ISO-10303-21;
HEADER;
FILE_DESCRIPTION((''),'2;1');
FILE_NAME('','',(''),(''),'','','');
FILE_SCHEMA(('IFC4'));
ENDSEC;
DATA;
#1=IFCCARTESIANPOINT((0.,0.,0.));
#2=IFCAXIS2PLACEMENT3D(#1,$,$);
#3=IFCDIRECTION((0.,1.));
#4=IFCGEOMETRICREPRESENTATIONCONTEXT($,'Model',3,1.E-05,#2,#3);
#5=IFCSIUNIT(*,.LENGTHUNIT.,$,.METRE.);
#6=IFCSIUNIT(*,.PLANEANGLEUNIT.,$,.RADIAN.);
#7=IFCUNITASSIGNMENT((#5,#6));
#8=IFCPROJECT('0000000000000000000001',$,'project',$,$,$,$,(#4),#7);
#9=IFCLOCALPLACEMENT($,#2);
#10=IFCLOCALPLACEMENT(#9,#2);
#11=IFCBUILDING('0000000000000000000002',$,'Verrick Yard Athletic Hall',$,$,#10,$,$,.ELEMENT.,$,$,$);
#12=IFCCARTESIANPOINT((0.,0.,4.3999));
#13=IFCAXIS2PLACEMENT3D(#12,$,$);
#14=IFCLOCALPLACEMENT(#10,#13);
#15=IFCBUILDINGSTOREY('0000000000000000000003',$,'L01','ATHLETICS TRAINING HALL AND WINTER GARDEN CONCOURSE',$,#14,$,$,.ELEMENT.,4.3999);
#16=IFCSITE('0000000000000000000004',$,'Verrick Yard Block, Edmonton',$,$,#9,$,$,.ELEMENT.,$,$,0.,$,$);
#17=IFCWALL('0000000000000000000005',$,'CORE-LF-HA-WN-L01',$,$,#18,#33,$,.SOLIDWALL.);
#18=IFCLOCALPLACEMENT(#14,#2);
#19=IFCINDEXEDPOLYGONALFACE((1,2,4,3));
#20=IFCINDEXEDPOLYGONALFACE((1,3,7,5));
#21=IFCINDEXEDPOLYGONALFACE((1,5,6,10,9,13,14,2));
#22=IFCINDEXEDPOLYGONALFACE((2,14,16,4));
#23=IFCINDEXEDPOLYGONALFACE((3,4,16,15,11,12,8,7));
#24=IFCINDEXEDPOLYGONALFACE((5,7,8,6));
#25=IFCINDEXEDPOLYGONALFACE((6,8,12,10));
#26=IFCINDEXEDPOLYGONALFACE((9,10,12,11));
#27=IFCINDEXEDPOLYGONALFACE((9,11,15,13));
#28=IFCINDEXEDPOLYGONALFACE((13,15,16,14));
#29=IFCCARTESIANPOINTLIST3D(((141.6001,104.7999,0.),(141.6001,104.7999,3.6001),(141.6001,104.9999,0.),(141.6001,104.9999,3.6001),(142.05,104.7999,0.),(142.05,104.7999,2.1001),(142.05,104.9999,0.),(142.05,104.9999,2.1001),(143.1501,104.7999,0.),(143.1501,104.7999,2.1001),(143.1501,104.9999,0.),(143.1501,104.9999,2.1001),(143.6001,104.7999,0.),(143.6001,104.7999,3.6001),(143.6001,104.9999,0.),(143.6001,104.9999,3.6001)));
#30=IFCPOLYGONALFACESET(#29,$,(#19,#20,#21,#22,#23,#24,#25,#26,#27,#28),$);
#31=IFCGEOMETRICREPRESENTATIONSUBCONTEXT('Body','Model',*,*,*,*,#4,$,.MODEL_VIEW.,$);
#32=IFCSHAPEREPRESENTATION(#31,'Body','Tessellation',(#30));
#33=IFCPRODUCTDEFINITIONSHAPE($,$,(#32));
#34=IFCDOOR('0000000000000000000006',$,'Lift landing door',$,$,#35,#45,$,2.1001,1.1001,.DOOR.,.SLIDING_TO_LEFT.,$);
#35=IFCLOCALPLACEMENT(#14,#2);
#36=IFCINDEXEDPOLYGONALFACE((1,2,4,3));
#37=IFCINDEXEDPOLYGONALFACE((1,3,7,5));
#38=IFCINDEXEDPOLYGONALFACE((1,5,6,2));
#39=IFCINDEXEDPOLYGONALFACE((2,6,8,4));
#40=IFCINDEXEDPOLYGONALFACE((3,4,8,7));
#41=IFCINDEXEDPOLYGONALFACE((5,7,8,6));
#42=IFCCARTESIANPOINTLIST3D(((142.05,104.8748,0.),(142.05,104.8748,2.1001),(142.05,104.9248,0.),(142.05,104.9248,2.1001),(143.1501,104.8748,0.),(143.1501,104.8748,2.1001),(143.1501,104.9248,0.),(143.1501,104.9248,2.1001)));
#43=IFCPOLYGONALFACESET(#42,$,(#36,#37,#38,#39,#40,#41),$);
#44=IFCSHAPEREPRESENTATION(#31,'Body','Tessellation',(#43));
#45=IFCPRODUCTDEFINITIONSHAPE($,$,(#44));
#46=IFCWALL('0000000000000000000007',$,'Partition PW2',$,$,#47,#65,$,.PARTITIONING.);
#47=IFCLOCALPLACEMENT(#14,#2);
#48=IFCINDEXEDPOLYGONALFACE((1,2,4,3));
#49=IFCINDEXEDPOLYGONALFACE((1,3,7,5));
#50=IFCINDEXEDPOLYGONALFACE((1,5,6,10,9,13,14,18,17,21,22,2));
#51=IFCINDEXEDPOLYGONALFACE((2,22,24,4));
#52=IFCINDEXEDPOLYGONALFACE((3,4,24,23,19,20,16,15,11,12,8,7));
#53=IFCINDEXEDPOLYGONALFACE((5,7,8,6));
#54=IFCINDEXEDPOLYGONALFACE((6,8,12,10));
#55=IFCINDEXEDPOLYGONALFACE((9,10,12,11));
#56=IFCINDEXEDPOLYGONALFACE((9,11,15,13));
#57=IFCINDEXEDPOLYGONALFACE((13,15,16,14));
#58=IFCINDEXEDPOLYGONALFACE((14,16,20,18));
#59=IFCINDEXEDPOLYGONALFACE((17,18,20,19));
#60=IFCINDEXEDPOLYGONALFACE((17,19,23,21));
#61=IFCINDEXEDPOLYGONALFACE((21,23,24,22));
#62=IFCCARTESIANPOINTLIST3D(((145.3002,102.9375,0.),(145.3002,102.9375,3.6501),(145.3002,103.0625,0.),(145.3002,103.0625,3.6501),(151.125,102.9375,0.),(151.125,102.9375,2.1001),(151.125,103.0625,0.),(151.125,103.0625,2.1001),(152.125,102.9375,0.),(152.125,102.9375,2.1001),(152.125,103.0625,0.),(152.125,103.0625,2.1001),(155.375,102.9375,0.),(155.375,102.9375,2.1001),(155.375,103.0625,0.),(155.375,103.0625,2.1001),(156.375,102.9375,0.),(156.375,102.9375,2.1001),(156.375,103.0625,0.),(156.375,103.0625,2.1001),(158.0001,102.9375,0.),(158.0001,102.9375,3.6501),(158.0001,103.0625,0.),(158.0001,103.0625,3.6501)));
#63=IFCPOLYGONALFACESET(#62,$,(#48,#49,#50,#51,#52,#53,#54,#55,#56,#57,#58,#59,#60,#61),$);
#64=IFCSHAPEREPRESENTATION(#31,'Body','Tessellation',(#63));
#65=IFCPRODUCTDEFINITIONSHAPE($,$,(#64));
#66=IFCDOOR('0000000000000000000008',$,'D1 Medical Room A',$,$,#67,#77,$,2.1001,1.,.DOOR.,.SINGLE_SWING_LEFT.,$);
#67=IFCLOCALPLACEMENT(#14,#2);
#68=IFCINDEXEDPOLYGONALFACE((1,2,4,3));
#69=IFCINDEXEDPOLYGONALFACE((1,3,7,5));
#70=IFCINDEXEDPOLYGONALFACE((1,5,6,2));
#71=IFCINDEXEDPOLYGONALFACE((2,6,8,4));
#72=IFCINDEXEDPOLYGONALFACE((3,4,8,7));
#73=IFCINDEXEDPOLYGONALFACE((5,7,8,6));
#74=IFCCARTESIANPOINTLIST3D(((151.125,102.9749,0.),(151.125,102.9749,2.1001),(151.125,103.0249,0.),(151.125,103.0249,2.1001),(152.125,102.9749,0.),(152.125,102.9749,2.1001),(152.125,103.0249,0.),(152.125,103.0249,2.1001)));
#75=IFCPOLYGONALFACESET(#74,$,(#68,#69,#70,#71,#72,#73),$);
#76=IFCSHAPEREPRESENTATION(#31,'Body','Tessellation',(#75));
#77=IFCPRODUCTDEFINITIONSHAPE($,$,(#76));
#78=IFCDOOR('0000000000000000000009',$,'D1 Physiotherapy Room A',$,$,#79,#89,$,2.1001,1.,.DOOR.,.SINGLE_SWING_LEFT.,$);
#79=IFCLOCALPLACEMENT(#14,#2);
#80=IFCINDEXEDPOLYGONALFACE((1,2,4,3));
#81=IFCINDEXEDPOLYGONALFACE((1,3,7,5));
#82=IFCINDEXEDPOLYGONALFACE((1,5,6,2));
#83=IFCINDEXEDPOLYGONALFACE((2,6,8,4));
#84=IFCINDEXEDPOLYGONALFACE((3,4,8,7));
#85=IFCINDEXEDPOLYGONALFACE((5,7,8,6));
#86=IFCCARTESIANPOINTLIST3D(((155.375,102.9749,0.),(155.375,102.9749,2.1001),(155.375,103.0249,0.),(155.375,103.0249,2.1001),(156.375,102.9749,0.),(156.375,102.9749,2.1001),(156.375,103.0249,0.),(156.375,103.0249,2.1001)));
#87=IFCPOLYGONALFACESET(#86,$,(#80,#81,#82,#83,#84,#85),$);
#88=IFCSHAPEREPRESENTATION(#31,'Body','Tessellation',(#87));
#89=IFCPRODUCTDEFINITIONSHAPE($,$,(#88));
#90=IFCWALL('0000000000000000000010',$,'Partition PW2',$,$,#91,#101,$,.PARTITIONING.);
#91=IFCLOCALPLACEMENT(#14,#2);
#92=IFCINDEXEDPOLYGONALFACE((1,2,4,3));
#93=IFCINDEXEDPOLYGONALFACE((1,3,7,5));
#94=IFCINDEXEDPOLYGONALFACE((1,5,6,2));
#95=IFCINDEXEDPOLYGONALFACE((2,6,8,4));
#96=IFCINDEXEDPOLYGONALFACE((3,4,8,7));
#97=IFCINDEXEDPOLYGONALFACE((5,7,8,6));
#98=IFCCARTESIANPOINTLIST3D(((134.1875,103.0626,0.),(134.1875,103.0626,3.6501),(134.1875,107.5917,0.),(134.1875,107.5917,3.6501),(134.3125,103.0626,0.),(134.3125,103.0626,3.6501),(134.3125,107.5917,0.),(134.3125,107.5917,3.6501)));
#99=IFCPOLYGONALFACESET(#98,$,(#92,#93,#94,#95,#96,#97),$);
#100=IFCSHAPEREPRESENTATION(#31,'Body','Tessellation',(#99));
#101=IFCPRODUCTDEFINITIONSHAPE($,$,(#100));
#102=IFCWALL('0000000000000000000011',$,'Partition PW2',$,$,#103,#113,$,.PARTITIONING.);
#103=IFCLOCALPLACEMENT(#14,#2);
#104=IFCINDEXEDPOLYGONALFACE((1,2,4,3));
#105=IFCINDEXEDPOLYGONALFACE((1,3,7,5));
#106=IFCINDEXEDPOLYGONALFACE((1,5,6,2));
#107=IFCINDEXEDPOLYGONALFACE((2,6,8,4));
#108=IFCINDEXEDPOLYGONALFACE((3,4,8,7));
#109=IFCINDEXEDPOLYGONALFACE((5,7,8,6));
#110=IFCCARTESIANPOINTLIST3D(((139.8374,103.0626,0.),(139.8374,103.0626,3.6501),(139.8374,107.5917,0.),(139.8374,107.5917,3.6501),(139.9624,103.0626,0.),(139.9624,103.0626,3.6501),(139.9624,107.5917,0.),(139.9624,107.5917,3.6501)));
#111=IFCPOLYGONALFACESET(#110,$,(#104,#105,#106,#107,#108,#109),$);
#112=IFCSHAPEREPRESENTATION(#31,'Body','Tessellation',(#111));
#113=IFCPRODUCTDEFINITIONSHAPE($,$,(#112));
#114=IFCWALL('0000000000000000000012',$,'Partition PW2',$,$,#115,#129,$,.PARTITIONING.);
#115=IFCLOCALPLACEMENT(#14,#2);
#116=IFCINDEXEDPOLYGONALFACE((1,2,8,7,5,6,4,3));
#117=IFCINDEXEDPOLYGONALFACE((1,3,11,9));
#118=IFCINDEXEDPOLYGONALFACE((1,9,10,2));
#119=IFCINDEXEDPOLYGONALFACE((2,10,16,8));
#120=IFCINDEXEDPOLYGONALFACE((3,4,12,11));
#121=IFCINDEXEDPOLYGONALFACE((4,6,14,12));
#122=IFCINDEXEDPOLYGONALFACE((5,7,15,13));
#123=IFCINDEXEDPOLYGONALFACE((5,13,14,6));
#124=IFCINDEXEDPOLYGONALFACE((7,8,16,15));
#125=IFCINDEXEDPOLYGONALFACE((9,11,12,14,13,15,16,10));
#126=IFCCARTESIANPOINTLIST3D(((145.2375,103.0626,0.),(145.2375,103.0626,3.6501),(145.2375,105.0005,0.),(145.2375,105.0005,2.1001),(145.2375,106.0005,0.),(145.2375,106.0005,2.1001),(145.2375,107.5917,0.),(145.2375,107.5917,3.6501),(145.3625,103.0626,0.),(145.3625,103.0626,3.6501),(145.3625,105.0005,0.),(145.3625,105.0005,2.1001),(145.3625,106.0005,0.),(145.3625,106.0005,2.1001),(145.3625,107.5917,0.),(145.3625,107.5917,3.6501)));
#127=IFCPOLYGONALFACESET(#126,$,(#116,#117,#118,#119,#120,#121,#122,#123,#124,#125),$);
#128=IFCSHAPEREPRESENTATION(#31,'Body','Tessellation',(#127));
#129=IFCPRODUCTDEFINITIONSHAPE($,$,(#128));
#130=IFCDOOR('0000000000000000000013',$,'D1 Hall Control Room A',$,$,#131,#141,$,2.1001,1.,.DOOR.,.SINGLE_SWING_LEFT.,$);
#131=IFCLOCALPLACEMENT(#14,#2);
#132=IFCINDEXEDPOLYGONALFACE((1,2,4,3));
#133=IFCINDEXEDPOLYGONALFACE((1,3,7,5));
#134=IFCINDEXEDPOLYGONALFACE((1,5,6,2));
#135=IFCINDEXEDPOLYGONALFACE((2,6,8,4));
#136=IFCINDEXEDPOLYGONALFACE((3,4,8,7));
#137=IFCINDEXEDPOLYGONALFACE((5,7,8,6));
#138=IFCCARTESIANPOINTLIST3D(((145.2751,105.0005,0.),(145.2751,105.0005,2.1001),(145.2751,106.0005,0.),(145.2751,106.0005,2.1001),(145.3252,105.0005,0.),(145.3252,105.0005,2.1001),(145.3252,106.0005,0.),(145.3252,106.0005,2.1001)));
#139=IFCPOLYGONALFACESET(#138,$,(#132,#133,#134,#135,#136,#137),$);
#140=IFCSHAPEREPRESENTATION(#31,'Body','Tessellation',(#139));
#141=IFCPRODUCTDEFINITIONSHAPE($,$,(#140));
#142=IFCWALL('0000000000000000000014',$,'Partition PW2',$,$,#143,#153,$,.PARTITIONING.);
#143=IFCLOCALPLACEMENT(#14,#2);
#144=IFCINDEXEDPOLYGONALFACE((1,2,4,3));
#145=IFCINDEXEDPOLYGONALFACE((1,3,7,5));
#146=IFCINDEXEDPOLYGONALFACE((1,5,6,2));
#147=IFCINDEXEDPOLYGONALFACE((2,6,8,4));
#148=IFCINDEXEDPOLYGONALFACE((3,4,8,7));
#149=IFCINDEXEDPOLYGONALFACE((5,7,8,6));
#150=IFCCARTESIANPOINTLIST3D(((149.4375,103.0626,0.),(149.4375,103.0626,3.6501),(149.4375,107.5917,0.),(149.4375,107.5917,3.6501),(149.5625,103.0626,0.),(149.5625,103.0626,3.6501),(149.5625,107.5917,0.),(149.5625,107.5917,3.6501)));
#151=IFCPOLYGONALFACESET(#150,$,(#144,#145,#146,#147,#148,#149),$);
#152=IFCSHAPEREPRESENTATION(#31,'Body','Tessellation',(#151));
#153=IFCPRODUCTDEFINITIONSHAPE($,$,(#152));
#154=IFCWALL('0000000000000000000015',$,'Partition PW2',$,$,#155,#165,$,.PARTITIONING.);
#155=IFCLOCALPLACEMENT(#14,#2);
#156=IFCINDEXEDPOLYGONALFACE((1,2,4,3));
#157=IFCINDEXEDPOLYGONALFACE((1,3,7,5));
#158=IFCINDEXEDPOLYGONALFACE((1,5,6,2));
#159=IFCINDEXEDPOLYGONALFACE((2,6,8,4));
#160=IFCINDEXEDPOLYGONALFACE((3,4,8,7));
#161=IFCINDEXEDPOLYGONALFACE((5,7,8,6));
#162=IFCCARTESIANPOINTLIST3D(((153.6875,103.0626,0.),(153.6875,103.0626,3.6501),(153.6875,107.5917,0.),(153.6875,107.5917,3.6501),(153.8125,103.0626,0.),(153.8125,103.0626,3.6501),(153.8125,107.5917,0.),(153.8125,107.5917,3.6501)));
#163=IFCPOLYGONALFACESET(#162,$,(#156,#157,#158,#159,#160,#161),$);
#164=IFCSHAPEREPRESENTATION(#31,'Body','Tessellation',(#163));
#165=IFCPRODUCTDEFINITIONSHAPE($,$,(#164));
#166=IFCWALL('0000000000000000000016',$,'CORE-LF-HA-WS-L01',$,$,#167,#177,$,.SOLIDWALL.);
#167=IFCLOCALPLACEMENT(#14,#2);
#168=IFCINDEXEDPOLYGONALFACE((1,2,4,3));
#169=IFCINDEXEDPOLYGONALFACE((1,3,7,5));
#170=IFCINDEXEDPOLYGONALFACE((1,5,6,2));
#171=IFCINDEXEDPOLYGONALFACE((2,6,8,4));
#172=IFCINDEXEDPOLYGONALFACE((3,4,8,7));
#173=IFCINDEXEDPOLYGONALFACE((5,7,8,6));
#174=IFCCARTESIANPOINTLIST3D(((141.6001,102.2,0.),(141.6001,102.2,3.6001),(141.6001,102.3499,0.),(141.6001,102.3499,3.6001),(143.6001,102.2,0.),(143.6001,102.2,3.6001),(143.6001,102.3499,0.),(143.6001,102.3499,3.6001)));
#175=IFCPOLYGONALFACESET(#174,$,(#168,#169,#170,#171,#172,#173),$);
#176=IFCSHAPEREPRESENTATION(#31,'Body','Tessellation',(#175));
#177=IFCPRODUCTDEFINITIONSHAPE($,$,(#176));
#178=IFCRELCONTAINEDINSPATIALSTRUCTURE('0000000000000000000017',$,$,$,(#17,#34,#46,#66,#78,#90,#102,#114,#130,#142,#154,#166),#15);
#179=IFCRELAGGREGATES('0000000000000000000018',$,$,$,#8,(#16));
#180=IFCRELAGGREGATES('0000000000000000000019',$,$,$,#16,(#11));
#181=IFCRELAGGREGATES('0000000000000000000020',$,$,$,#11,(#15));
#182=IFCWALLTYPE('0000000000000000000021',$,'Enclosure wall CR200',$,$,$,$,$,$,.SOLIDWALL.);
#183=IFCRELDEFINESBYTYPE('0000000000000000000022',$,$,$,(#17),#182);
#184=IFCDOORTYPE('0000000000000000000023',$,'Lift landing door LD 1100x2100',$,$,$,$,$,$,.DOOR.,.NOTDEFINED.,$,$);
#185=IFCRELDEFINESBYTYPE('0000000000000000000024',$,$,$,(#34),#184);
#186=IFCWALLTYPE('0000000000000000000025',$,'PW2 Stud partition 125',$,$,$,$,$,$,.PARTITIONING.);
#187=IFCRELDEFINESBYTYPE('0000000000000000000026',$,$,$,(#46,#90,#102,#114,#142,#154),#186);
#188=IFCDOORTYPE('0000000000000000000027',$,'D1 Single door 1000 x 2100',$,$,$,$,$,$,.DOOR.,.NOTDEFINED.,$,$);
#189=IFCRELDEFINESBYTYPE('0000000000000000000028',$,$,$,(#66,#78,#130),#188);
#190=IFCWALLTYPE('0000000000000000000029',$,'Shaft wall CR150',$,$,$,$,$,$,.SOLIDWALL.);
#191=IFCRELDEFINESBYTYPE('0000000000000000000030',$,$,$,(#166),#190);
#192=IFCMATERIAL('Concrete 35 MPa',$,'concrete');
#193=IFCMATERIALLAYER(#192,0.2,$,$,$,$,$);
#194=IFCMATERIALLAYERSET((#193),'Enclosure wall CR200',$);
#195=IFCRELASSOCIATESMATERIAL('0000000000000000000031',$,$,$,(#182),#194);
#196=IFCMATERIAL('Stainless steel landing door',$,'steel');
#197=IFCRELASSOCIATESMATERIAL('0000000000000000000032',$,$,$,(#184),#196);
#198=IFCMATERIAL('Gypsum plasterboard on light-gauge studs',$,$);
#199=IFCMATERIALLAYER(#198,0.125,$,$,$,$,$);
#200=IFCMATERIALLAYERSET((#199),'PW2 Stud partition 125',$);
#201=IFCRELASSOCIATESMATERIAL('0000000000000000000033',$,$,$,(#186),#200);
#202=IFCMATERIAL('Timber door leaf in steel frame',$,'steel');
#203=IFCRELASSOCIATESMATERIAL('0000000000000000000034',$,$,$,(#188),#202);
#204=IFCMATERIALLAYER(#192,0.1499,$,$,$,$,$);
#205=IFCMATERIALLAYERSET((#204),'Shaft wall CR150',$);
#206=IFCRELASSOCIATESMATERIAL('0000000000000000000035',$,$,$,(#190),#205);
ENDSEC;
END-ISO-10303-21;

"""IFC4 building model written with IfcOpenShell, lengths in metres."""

from ifc_helpers import new_model, si_unit, direction, frame, frame_2d, origin, place, context, subcontext, project, spatial, rectangle, extrude, material, layer, layer_set, type_object, element, fill, save


model = new_model("IFC4")

# Units and contexts
model_context = context("Model", 3, precision=1e-05, world=origin(), true_north=direction((0.0, 1.0)))
body_context = subcontext(model_context, "Body", "Model", "MODEL_VIEW")
ifc_project = project(units=[si_unit("LENGTHUNIT", "METRE"), si_unit("PLANEANGLEUNIT", "RADIAN")], contexts=[model_context])

# Site, building, storey
site_placement = place(None, origin())
site = spatial("IfcSite", under=ifc_project, at=site_placement, Name="Verrick Yard Block, Edmonton", CompositionType="ELEMENT", RefElevation=0.0)
building_placement = place(site_placement, origin())
building = spatial("IfcBuilding", under=site, at=building_placement, Name="Verrick Yard Athletic Hall", CompositionType="ELEMENT")
storey_placement = place(building_placement, frame((0.0, 0.0, 4.3999)))
storey = spatial("IfcBuildingStorey", under=building, at=storey_placement, Name="L01", Description="ATHLETICS TRAINING HALL AND WINTER GARDEN CONCOURSE", CompositionType="ELEMENT", Elevation=4.3999)

# Shared definitions
ifc_material_1 = material(Name="Concrete 35 MPa", Category="concrete")
ifc_layer_1 = layer(ifc_material_1, 0.2)
ifc_layer_set_1 = layer_set([ifc_layer_1], Name="Enclosure wall CR200")
wall_type_1 = type_object("IfcWallType", Name="Enclosure wall CR200", PredefinedType="SOLIDWALL", material=ifc_layer_set_1)

# Wall, opening, door
wall_1_placement = place(storey_placement, frame((141.6001, 104.8999, 0.0), z_axis=(0.0, 0.0, 1.0), x_axis=(1.0, 0.0, 0.0)))
wall_1 = element("IfcWall", 1, at=wall_1_placement, inside=storey, type_object=wall_type_1, Name="CORE-LF-HA-WN-L01", PredefinedType="SOLIDWALL", context=body_context, shape_type="SweptSolid", body=[
    extrude(rectangle(XDim=2.0, YDim=0.2, at=frame_2d((1.0, 0.0))), origin(), (0.0, 0.0, 1.0), 3.6001),
])
opening_1_placement = place(wall_1_placement, frame((0.45, 0.0, 0.0)))
opening_1 = element("IfcOpeningElement", 2, at=opening_1_placement, cuts=wall_1, PredefinedType="OPENING", context=body_context, shape_type="SweptSolid", body=[
    extrude(rectangle(XDim=1.1001, YDim=2.1001, at=frame_2d((0.55, 1.05))), frame((0.0, 0.1099, 0.0), z_axis=(0.0, -1.0, 0.0), x_axis=(1.0, 0.0, 0.0)), (0.0, 0.0, 1.0), 0.22),
])
ifc_material_2 = material(Name="Stainless steel landing door", Category="steel")
door_type_1 = type_object("IfcDoorType", Name="Lift landing door LD 1100x2100", OperationType="NOTDEFINED", PredefinedType="DOOR", material=ifc_material_2)
door_1_placement = place(opening_1_placement, origin())
door_1 = element("IfcDoor", 3, at=door_1_placement, inside=storey, type_object=door_type_1, Name="Lift landing door", OperationType="SLIDING_TO_LEFT", OverallHeight=2.1001, OverallWidth=1.1001, PredefinedType="DOOR", context=body_context, shape_type="SweptSolid", body=[
    extrude(rectangle(XDim=1.1001, YDim=2.1001, at=frame_2d((0.55, 1.05))), frame((0.0, 0.0249, 0.0), z_axis=(0.0, -1.0, 0.0), x_axis=(1.0, 0.0, 0.0)), (0.0, 0.0, 1.0), 0.05),
])
fill(opening_1, door_1)

# Wall, openings, doors
ifc_material_3 = material(Name="Gypsum plasterboard on light-gauge studs")
ifc_layer_2 = layer(ifc_material_3, 0.125)
ifc_layer_set_2 = layer_set([ifc_layer_2], Name="PW2 Stud partition 125")
wall_type_2 = type_object("IfcWallType", Name="PW2 Stud partition 125", PredefinedType="PARTITIONING", material=ifc_layer_set_2)
wall_2_placement = place(storey_placement, frame((145.3, 103.0, 0.0), z_axis=(0.0, 0.0, 1.0), x_axis=(1.0, 0.0, 0.0)))
wall_2 = element("IfcWall", 4, at=wall_2_placement, inside=storey, type_object=wall_type_2, Name="Partition PW2", PredefinedType="PARTITIONING", context=body_context, shape_type="SweptSolid", body=[
    extrude(rectangle(XDim=12.7, YDim=0.125, at=frame_2d((6.3501, 0.0))), origin(), (0.0, 0.0, 1.0), 3.6501),
])
opening_2_placement = place(wall_2_placement, frame((5.825, 0.0, 0.0)))
opening_2 = element("IfcOpeningElement", 5, at=opening_2_placement, cuts=wall_2, PredefinedType="OPENING", context=body_context, shape_type="SweptSolid", body=[
    extrude(rectangle(XDim=1.0, YDim=2.1001, at=frame_2d((0.5, 1.05))), frame((0.0, 0.0725, 0.0), z_axis=(0.0, -1.0, 0.0), x_axis=(1.0, 0.0, 0.0)), (0.0, 0.0, 1.0), 0.145),
])
opening_3_placement = place(wall_2_placement, frame((10.075, 0.0, 0.0)))
opening_3 = element("IfcOpeningElement", 6, at=opening_3_placement, cuts=wall_2, PredefinedType="OPENING", context=body_context, shape_type="SweptSolid", body=[
    extrude(rectangle(XDim=1.0, YDim=2.1001, at=frame_2d((0.5, 1.05))), frame((0.0, 0.0725, 0.0), z_axis=(0.0, -1.0, 0.0), x_axis=(1.0, 0.0, 0.0)), (0.0, 0.0, 1.0), 0.145),
])
ifc_material_4 = material(Name="Timber door leaf in steel frame", Category="steel")
door_type_2 = type_object("IfcDoorType", Name="D1 Single door 1000 x 2100", OperationType="NOTDEFINED", PredefinedType="DOOR", material=ifc_material_4)
door_2_placement = place(opening_2_placement, origin())
door_2 = element("IfcDoor", 7, at=door_2_placement, inside=storey, type_object=door_type_2, Name="D1 Medical Room A", OperationType="SINGLE_SWING_LEFT", OverallHeight=2.1001, OverallWidth=1.0, PredefinedType="DOOR", context=body_context, shape_type="SweptSolid", body=[
    extrude(rectangle(XDim=1.0, YDim=2.1001, at=frame_2d((0.5, 1.05))), frame((0.0, 0.0249, 0.0), z_axis=(0.0, -1.0, 0.0), x_axis=(1.0, 0.0, 0.0)), (0.0, 0.0, 1.0), 0.05),
])
fill(opening_2, door_2)
door_3_placement = place(opening_3_placement, origin())
door_3 = element("IfcDoor", 8, at=door_3_placement, inside=storey, type_object=door_type_2, Name="D1 Physiotherapy Room A", OperationType="SINGLE_SWING_LEFT", OverallHeight=2.1001, OverallWidth=1.0, PredefinedType="DOOR", context=body_context, shape_type="SweptSolid", body=[
    extrude(rectangle(XDim=1.0, YDim=2.1001, at=frame_2d((0.5, 1.05))), frame((0.0, 0.0249, 0.0), z_axis=(0.0, -1.0, 0.0), x_axis=(1.0, 0.0, 0.0)), (0.0, 0.0, 1.0), 0.05),
])
fill(opening_3, door_3)

# Walls
for number, where, z_axis, x_axis, name in (
    (9, (134.25, 103.0625, 0.0), (0.0, 0.0, 1.0), (0.0, 1.0, 0.0), "Partition PW2"),
    (10, (139.8999, 103.0625, 0.0), (0.0, 0.0, 1.0), (0.0, 1.0, 0.0), "Partition PW2"),
):
    element("IfcWall", number, at=place(storey_placement, frame(where, z_axis=z_axis, x_axis=x_axis)), inside=storey, type_object=wall_type_2, Name=name, PredefinedType="PARTITIONING", context=body_context, shape_type="SweptSolid", body=[
        extrude(rectangle(XDim=4.5291, YDim=0.125, at=frame_2d((2.2646, 0.0))), origin(), (0.0, 0.0, 1.0), 3.6501),
    ])

# Wall, opening, door
wall_3_placement = place(storey_placement, frame((145.3, 103.0625, 0.0), z_axis=(0.0, 0.0, 1.0), x_axis=(0.0, 1.0, 0.0)))
wall_3 = element("IfcWall", 11, at=wall_3_placement, inside=storey, type_object=wall_type_2, Name="Partition PW2", PredefinedType="PARTITIONING", context=body_context, shape_type="SweptSolid", body=[
    extrude(rectangle(XDim=4.5291, YDim=0.125, at=frame_2d((2.2646, 0.0))), origin(), (0.0, 0.0, 1.0), 3.6501),
])
opening_4_placement = place(wall_3_placement, frame((1.938, 0.0, 0.0)))
opening_4 = element("IfcOpeningElement", 12, at=opening_4_placement, cuts=wall_3, PredefinedType="OPENING", context=body_context, shape_type="SweptSolid", body=[
    extrude(rectangle(XDim=1.0, YDim=2.1001, at=frame_2d((0.5, 1.05))), frame((0.0, 0.0725, 0.0), z_axis=(0.0, -1.0, 0.0), x_axis=(1.0, 0.0, 0.0)), (0.0, 0.0, 1.0), 0.145),
])
door_4_placement = place(opening_4_placement, origin())
door_4 = element("IfcDoor", 13, at=door_4_placement, inside=storey, type_object=door_type_2, Name="D1 Hall Control Room A", OperationType="SINGLE_SWING_LEFT", OverallHeight=2.1001, OverallWidth=1.0, PredefinedType="DOOR", context=body_context, shape_type="SweptSolid", body=[
    extrude(rectangle(XDim=1.0, YDim=2.1001, at=frame_2d((0.5, 1.05))), frame((0.0, 0.0249, 0.0), z_axis=(0.0, -1.0, 0.0), x_axis=(1.0, 0.0, 0.0)), (0.0, 0.0, 1.0), 0.05),
])
fill(opening_4, door_4)

# Walls
for number, where, z_axis, x_axis, name in (
    (14, (149.5, 103.0625, 0.0), (0.0, 0.0, 1.0), (0.0, 1.0, 0.0), "Partition PW2"),
    (15, (153.75, 103.0625, 0.0), (0.0, 0.0, 1.0), (0.0, 1.0, 0.0), "Partition PW2"),
):
    element("IfcWall", number, at=place(storey_placement, frame(where, z_axis=z_axis, x_axis=x_axis)), inside=storey, type_object=wall_type_2, Name=name, PredefinedType="PARTITIONING", context=body_context, shape_type="SweptSolid", body=[
        extrude(rectangle(XDim=4.5291, YDim=0.125, at=frame_2d((2.2646, 0.0))), origin(), (0.0, 0.0, 1.0), 3.6501),
    ])
ifc_layer_3 = layer(ifc_material_1, 0.1499)
ifc_layer_set_3 = layer_set([ifc_layer_3], Name="Shaft wall CR150")
wall_type_3 = type_object("IfcWallType", Name="Shaft wall CR150", PredefinedType="SOLIDWALL", material=ifc_layer_set_3)
wall_4_placement = place(storey_placement, frame((141.6001, 102.2749, 0.0), z_axis=(0.0, 0.0, 1.0), x_axis=(1.0, 0.0, 0.0)))
element("IfcWall", 16, at=wall_4_placement, inside=storey, type_object=wall_type_3, Name="CORE-LF-HA-WS-L01", PredefinedType="SOLIDWALL", context=body_context, shape_type="SweptSolid", body=[
    extrude(rectangle(XDim=2.0, YDim=0.1499, at=frame_2d((1.0, 0.0))), origin(), (0.0, 0.0, 1.0), 3.6001),
])

save(model, "model.ifc")
